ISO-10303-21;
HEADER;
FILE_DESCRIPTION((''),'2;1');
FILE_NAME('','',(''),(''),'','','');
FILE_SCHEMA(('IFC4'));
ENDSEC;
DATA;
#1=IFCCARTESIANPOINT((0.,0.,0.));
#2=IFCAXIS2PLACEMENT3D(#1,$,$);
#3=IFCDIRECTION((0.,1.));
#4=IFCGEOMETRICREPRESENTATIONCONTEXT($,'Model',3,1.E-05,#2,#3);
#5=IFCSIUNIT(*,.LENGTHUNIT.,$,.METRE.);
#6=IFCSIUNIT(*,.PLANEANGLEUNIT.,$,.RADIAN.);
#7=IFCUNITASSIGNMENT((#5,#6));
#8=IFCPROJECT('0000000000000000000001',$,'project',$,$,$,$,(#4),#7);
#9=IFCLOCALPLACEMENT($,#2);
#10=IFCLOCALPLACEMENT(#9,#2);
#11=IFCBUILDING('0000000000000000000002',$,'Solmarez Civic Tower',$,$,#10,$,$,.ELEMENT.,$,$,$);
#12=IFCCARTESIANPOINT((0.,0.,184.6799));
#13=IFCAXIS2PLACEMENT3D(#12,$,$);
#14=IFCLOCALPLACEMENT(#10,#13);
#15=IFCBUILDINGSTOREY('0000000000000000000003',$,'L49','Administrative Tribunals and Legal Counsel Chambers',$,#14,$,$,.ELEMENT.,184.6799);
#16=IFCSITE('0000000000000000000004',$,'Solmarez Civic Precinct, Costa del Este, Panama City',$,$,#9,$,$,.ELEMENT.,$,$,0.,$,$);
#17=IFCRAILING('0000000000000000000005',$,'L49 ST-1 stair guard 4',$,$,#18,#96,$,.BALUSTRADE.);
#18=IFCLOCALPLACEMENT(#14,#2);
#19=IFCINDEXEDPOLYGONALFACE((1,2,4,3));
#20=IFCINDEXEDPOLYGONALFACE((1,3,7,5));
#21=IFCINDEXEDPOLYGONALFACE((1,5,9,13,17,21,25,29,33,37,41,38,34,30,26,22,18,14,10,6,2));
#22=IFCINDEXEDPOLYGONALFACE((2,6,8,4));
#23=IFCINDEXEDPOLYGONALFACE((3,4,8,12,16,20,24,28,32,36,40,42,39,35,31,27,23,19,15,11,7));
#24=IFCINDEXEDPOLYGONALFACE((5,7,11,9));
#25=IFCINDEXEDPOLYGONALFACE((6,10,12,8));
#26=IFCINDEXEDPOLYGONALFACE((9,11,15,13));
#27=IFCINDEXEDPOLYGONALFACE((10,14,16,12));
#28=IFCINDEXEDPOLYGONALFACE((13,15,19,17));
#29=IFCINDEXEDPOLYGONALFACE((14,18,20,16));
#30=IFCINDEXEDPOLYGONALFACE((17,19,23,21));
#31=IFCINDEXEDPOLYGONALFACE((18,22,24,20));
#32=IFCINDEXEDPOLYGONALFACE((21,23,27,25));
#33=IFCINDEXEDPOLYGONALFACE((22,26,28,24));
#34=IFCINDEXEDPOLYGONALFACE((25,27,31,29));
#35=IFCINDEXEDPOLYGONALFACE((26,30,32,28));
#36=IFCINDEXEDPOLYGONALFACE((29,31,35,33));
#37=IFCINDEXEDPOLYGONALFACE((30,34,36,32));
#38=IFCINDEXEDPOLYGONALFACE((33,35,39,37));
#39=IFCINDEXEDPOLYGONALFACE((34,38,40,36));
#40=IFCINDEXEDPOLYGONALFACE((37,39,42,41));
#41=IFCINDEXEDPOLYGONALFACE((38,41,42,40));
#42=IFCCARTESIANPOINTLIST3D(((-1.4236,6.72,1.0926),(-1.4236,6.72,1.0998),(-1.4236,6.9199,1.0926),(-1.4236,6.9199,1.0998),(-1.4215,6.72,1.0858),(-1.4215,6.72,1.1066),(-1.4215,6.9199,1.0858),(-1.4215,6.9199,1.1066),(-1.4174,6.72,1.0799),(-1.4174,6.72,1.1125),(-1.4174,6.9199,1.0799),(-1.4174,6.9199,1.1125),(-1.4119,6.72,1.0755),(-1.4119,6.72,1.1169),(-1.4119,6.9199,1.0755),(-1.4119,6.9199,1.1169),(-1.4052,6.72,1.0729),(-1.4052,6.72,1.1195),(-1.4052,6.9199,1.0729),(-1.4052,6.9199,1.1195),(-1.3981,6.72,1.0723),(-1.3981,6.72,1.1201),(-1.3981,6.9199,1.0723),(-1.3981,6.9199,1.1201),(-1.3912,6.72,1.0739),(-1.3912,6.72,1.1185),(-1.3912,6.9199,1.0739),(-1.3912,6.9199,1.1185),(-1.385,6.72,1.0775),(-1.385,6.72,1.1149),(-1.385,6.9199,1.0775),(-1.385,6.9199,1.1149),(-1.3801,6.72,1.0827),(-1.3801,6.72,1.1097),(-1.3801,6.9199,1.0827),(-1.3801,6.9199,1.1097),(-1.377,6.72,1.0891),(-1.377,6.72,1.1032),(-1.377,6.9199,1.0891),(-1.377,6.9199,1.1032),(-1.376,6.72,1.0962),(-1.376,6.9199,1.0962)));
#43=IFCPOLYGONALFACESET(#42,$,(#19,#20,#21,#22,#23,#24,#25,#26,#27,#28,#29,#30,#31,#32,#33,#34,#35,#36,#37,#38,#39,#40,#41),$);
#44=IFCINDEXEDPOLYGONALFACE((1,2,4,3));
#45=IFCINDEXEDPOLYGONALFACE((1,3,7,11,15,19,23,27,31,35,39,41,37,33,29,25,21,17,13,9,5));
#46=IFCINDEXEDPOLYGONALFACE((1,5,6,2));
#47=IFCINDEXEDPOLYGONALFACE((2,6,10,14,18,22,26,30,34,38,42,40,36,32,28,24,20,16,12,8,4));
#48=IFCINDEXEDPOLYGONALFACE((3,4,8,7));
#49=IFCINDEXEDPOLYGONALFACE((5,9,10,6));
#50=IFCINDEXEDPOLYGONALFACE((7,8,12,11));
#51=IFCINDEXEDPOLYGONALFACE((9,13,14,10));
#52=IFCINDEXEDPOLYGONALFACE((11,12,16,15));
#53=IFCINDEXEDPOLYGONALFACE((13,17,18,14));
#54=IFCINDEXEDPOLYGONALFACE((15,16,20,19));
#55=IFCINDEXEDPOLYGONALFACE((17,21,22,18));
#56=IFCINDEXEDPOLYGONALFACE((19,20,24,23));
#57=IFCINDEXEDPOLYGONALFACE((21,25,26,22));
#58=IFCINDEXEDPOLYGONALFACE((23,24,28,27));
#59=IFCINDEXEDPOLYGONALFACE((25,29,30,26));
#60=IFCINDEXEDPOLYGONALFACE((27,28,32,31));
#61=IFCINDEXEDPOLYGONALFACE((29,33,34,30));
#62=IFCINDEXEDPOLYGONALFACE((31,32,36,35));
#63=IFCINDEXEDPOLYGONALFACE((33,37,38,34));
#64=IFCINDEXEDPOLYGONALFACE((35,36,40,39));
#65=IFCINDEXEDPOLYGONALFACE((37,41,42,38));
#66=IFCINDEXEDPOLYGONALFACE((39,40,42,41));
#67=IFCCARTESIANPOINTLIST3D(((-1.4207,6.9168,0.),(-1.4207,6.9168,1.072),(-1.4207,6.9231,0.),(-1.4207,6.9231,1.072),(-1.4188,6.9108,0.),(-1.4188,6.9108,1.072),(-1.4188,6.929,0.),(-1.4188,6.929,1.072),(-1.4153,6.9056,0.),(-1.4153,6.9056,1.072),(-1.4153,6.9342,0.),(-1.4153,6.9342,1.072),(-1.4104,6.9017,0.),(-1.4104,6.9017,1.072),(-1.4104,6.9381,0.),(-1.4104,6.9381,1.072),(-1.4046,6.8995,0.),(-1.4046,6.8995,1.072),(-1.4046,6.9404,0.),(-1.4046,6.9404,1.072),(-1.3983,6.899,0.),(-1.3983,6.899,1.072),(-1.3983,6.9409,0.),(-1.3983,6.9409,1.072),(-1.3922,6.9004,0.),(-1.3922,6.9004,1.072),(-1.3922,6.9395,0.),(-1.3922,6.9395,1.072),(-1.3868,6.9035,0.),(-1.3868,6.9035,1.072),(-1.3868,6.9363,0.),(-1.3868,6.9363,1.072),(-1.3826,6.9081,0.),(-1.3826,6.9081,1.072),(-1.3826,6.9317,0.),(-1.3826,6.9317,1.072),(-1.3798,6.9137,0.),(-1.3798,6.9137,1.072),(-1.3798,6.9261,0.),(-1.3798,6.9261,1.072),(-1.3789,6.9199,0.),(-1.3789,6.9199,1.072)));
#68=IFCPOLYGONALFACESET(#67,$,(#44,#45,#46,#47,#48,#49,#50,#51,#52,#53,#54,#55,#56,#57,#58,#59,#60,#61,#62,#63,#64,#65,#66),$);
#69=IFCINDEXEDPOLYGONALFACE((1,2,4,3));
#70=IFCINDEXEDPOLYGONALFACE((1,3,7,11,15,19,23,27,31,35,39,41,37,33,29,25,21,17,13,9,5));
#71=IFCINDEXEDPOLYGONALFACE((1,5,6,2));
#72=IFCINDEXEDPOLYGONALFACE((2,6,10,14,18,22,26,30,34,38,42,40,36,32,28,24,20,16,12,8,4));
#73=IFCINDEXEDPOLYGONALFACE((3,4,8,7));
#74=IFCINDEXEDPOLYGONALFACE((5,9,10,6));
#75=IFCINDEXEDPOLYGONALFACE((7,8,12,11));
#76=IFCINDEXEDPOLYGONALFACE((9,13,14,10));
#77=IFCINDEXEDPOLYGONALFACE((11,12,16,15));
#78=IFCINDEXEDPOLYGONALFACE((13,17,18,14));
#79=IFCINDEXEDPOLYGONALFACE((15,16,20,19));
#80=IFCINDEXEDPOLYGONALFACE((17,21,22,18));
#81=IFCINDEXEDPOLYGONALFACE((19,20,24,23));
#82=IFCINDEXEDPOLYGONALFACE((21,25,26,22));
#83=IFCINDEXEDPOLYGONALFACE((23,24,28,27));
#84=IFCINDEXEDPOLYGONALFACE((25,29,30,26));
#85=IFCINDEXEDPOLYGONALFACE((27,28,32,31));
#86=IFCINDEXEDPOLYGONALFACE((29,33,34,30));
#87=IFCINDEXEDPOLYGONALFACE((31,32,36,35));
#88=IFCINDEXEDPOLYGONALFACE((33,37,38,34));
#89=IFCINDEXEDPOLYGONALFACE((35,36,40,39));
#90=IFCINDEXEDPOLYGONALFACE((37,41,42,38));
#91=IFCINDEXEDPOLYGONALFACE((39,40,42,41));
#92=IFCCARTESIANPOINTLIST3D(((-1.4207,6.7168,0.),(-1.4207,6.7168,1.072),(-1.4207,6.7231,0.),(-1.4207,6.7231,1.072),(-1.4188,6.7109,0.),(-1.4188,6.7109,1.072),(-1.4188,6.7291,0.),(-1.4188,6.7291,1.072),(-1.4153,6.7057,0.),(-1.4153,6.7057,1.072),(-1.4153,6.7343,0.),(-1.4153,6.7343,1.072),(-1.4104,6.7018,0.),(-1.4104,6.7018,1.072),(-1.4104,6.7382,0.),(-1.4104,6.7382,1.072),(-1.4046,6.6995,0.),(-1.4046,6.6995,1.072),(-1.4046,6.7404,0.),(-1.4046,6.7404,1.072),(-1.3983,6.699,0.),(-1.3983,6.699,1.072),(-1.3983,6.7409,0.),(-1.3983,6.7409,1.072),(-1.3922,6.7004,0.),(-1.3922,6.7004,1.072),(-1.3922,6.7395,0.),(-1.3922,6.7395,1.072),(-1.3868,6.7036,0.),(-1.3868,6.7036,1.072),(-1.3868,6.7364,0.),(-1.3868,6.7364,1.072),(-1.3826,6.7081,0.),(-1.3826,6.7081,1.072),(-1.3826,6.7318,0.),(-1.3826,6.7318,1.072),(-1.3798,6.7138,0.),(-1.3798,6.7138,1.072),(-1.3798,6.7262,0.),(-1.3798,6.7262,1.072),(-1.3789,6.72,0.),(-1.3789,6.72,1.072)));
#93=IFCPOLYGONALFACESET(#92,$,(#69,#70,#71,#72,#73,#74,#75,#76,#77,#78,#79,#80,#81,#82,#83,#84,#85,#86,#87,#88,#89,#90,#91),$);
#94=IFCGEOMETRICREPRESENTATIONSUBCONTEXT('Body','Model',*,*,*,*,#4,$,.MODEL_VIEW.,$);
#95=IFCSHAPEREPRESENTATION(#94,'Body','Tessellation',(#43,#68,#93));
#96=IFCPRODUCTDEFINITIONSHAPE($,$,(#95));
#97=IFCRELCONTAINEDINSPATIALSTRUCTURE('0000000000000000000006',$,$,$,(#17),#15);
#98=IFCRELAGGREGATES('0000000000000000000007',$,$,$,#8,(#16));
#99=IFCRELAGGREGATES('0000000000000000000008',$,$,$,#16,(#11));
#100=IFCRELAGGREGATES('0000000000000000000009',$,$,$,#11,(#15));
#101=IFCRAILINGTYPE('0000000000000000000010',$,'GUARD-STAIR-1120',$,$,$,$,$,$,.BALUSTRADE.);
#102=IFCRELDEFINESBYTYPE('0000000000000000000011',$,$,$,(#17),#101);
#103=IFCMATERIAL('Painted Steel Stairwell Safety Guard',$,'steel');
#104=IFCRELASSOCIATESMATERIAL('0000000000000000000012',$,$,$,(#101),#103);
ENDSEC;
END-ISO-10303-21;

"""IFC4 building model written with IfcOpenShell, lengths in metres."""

from ifc_helpers import new_model, si_unit, direction, frame, origin, origin_2d, place, context, subcontext, project, spatial, circle, extrude, material, type_object, element, save


model = new_model("IFC4")

# Units and contexts
model_context = context("Model", 3, precision=1e-05, world=origin(), true_north=direction((0.0, 1.0)))
body_context = subcontext(model_context, "Body", "Model", "MODEL_VIEW")
ifc_project = project(units=[si_unit("LENGTHUNIT", "METRE"), si_unit("PLANEANGLEUNIT", "RADIAN")], contexts=[model_context])

# Site, building, storey
site_placement = place(None, origin())
site = spatial("IfcSite", under=ifc_project, at=site_placement, Name="Solmarez Civic Precinct, Costa del Este, Panama City", CompositionType="ELEMENT", RefElevation=0.0)
building_placement = place(site_placement, origin())
building = spatial("IfcBuilding", under=site, at=building_placement, Name="Solmarez Civic Tower", CompositionType="ELEMENT")
storey_placement = place(building_placement, frame((0.0, 0.0, 184.6799)))
storey = spatial("IfcBuildingStorey", under=building, at=storey_placement, Name="L49", Description="Administrative Tribunals and Legal Counsel Chambers", CompositionType="ELEMENT", Elevation=184.6799)

# Railing
ifc_material_1 = material(Name="Painted Steel Stairwell Safety Guard", Category="steel")
railing_type = type_object("IfcRailingType", Name="GUARD-STAIR-1120", PredefinedType="BALUSTRADE", material=ifc_material_1)
railing_placement = place(storey_placement, frame((-1.3999, 6.9199, 0.0)))
element("IfcRailing", 1, at=railing_placement, inside=storey, type_object=railing_type, Name="L49 ST-1 stair guard 4", PredefinedType="BALUSTRADE", context=body_context, shape_type="SweptSolid", body=[
    extrude(circle(Radius=0.0239, at=origin_2d()), frame((0.0, 0.0, 1.0962), z_axis=(0.0, -1.0, 0.0), x_axis=(1.0, 0.0, 0.0)), (0.0, 0.0, 1.0), 0.2),
    extrude(circle(Radius=0.021, at=origin_2d()), origin(), (0.0, 0.0, 1.0), 1.072),
    extrude(circle(Radius=0.021, at=origin_2d()), frame((0.0, -0.2, 0.0)), (0.0, 0.0, 1.0), 1.072),
])

save(model, "model.ifc")
